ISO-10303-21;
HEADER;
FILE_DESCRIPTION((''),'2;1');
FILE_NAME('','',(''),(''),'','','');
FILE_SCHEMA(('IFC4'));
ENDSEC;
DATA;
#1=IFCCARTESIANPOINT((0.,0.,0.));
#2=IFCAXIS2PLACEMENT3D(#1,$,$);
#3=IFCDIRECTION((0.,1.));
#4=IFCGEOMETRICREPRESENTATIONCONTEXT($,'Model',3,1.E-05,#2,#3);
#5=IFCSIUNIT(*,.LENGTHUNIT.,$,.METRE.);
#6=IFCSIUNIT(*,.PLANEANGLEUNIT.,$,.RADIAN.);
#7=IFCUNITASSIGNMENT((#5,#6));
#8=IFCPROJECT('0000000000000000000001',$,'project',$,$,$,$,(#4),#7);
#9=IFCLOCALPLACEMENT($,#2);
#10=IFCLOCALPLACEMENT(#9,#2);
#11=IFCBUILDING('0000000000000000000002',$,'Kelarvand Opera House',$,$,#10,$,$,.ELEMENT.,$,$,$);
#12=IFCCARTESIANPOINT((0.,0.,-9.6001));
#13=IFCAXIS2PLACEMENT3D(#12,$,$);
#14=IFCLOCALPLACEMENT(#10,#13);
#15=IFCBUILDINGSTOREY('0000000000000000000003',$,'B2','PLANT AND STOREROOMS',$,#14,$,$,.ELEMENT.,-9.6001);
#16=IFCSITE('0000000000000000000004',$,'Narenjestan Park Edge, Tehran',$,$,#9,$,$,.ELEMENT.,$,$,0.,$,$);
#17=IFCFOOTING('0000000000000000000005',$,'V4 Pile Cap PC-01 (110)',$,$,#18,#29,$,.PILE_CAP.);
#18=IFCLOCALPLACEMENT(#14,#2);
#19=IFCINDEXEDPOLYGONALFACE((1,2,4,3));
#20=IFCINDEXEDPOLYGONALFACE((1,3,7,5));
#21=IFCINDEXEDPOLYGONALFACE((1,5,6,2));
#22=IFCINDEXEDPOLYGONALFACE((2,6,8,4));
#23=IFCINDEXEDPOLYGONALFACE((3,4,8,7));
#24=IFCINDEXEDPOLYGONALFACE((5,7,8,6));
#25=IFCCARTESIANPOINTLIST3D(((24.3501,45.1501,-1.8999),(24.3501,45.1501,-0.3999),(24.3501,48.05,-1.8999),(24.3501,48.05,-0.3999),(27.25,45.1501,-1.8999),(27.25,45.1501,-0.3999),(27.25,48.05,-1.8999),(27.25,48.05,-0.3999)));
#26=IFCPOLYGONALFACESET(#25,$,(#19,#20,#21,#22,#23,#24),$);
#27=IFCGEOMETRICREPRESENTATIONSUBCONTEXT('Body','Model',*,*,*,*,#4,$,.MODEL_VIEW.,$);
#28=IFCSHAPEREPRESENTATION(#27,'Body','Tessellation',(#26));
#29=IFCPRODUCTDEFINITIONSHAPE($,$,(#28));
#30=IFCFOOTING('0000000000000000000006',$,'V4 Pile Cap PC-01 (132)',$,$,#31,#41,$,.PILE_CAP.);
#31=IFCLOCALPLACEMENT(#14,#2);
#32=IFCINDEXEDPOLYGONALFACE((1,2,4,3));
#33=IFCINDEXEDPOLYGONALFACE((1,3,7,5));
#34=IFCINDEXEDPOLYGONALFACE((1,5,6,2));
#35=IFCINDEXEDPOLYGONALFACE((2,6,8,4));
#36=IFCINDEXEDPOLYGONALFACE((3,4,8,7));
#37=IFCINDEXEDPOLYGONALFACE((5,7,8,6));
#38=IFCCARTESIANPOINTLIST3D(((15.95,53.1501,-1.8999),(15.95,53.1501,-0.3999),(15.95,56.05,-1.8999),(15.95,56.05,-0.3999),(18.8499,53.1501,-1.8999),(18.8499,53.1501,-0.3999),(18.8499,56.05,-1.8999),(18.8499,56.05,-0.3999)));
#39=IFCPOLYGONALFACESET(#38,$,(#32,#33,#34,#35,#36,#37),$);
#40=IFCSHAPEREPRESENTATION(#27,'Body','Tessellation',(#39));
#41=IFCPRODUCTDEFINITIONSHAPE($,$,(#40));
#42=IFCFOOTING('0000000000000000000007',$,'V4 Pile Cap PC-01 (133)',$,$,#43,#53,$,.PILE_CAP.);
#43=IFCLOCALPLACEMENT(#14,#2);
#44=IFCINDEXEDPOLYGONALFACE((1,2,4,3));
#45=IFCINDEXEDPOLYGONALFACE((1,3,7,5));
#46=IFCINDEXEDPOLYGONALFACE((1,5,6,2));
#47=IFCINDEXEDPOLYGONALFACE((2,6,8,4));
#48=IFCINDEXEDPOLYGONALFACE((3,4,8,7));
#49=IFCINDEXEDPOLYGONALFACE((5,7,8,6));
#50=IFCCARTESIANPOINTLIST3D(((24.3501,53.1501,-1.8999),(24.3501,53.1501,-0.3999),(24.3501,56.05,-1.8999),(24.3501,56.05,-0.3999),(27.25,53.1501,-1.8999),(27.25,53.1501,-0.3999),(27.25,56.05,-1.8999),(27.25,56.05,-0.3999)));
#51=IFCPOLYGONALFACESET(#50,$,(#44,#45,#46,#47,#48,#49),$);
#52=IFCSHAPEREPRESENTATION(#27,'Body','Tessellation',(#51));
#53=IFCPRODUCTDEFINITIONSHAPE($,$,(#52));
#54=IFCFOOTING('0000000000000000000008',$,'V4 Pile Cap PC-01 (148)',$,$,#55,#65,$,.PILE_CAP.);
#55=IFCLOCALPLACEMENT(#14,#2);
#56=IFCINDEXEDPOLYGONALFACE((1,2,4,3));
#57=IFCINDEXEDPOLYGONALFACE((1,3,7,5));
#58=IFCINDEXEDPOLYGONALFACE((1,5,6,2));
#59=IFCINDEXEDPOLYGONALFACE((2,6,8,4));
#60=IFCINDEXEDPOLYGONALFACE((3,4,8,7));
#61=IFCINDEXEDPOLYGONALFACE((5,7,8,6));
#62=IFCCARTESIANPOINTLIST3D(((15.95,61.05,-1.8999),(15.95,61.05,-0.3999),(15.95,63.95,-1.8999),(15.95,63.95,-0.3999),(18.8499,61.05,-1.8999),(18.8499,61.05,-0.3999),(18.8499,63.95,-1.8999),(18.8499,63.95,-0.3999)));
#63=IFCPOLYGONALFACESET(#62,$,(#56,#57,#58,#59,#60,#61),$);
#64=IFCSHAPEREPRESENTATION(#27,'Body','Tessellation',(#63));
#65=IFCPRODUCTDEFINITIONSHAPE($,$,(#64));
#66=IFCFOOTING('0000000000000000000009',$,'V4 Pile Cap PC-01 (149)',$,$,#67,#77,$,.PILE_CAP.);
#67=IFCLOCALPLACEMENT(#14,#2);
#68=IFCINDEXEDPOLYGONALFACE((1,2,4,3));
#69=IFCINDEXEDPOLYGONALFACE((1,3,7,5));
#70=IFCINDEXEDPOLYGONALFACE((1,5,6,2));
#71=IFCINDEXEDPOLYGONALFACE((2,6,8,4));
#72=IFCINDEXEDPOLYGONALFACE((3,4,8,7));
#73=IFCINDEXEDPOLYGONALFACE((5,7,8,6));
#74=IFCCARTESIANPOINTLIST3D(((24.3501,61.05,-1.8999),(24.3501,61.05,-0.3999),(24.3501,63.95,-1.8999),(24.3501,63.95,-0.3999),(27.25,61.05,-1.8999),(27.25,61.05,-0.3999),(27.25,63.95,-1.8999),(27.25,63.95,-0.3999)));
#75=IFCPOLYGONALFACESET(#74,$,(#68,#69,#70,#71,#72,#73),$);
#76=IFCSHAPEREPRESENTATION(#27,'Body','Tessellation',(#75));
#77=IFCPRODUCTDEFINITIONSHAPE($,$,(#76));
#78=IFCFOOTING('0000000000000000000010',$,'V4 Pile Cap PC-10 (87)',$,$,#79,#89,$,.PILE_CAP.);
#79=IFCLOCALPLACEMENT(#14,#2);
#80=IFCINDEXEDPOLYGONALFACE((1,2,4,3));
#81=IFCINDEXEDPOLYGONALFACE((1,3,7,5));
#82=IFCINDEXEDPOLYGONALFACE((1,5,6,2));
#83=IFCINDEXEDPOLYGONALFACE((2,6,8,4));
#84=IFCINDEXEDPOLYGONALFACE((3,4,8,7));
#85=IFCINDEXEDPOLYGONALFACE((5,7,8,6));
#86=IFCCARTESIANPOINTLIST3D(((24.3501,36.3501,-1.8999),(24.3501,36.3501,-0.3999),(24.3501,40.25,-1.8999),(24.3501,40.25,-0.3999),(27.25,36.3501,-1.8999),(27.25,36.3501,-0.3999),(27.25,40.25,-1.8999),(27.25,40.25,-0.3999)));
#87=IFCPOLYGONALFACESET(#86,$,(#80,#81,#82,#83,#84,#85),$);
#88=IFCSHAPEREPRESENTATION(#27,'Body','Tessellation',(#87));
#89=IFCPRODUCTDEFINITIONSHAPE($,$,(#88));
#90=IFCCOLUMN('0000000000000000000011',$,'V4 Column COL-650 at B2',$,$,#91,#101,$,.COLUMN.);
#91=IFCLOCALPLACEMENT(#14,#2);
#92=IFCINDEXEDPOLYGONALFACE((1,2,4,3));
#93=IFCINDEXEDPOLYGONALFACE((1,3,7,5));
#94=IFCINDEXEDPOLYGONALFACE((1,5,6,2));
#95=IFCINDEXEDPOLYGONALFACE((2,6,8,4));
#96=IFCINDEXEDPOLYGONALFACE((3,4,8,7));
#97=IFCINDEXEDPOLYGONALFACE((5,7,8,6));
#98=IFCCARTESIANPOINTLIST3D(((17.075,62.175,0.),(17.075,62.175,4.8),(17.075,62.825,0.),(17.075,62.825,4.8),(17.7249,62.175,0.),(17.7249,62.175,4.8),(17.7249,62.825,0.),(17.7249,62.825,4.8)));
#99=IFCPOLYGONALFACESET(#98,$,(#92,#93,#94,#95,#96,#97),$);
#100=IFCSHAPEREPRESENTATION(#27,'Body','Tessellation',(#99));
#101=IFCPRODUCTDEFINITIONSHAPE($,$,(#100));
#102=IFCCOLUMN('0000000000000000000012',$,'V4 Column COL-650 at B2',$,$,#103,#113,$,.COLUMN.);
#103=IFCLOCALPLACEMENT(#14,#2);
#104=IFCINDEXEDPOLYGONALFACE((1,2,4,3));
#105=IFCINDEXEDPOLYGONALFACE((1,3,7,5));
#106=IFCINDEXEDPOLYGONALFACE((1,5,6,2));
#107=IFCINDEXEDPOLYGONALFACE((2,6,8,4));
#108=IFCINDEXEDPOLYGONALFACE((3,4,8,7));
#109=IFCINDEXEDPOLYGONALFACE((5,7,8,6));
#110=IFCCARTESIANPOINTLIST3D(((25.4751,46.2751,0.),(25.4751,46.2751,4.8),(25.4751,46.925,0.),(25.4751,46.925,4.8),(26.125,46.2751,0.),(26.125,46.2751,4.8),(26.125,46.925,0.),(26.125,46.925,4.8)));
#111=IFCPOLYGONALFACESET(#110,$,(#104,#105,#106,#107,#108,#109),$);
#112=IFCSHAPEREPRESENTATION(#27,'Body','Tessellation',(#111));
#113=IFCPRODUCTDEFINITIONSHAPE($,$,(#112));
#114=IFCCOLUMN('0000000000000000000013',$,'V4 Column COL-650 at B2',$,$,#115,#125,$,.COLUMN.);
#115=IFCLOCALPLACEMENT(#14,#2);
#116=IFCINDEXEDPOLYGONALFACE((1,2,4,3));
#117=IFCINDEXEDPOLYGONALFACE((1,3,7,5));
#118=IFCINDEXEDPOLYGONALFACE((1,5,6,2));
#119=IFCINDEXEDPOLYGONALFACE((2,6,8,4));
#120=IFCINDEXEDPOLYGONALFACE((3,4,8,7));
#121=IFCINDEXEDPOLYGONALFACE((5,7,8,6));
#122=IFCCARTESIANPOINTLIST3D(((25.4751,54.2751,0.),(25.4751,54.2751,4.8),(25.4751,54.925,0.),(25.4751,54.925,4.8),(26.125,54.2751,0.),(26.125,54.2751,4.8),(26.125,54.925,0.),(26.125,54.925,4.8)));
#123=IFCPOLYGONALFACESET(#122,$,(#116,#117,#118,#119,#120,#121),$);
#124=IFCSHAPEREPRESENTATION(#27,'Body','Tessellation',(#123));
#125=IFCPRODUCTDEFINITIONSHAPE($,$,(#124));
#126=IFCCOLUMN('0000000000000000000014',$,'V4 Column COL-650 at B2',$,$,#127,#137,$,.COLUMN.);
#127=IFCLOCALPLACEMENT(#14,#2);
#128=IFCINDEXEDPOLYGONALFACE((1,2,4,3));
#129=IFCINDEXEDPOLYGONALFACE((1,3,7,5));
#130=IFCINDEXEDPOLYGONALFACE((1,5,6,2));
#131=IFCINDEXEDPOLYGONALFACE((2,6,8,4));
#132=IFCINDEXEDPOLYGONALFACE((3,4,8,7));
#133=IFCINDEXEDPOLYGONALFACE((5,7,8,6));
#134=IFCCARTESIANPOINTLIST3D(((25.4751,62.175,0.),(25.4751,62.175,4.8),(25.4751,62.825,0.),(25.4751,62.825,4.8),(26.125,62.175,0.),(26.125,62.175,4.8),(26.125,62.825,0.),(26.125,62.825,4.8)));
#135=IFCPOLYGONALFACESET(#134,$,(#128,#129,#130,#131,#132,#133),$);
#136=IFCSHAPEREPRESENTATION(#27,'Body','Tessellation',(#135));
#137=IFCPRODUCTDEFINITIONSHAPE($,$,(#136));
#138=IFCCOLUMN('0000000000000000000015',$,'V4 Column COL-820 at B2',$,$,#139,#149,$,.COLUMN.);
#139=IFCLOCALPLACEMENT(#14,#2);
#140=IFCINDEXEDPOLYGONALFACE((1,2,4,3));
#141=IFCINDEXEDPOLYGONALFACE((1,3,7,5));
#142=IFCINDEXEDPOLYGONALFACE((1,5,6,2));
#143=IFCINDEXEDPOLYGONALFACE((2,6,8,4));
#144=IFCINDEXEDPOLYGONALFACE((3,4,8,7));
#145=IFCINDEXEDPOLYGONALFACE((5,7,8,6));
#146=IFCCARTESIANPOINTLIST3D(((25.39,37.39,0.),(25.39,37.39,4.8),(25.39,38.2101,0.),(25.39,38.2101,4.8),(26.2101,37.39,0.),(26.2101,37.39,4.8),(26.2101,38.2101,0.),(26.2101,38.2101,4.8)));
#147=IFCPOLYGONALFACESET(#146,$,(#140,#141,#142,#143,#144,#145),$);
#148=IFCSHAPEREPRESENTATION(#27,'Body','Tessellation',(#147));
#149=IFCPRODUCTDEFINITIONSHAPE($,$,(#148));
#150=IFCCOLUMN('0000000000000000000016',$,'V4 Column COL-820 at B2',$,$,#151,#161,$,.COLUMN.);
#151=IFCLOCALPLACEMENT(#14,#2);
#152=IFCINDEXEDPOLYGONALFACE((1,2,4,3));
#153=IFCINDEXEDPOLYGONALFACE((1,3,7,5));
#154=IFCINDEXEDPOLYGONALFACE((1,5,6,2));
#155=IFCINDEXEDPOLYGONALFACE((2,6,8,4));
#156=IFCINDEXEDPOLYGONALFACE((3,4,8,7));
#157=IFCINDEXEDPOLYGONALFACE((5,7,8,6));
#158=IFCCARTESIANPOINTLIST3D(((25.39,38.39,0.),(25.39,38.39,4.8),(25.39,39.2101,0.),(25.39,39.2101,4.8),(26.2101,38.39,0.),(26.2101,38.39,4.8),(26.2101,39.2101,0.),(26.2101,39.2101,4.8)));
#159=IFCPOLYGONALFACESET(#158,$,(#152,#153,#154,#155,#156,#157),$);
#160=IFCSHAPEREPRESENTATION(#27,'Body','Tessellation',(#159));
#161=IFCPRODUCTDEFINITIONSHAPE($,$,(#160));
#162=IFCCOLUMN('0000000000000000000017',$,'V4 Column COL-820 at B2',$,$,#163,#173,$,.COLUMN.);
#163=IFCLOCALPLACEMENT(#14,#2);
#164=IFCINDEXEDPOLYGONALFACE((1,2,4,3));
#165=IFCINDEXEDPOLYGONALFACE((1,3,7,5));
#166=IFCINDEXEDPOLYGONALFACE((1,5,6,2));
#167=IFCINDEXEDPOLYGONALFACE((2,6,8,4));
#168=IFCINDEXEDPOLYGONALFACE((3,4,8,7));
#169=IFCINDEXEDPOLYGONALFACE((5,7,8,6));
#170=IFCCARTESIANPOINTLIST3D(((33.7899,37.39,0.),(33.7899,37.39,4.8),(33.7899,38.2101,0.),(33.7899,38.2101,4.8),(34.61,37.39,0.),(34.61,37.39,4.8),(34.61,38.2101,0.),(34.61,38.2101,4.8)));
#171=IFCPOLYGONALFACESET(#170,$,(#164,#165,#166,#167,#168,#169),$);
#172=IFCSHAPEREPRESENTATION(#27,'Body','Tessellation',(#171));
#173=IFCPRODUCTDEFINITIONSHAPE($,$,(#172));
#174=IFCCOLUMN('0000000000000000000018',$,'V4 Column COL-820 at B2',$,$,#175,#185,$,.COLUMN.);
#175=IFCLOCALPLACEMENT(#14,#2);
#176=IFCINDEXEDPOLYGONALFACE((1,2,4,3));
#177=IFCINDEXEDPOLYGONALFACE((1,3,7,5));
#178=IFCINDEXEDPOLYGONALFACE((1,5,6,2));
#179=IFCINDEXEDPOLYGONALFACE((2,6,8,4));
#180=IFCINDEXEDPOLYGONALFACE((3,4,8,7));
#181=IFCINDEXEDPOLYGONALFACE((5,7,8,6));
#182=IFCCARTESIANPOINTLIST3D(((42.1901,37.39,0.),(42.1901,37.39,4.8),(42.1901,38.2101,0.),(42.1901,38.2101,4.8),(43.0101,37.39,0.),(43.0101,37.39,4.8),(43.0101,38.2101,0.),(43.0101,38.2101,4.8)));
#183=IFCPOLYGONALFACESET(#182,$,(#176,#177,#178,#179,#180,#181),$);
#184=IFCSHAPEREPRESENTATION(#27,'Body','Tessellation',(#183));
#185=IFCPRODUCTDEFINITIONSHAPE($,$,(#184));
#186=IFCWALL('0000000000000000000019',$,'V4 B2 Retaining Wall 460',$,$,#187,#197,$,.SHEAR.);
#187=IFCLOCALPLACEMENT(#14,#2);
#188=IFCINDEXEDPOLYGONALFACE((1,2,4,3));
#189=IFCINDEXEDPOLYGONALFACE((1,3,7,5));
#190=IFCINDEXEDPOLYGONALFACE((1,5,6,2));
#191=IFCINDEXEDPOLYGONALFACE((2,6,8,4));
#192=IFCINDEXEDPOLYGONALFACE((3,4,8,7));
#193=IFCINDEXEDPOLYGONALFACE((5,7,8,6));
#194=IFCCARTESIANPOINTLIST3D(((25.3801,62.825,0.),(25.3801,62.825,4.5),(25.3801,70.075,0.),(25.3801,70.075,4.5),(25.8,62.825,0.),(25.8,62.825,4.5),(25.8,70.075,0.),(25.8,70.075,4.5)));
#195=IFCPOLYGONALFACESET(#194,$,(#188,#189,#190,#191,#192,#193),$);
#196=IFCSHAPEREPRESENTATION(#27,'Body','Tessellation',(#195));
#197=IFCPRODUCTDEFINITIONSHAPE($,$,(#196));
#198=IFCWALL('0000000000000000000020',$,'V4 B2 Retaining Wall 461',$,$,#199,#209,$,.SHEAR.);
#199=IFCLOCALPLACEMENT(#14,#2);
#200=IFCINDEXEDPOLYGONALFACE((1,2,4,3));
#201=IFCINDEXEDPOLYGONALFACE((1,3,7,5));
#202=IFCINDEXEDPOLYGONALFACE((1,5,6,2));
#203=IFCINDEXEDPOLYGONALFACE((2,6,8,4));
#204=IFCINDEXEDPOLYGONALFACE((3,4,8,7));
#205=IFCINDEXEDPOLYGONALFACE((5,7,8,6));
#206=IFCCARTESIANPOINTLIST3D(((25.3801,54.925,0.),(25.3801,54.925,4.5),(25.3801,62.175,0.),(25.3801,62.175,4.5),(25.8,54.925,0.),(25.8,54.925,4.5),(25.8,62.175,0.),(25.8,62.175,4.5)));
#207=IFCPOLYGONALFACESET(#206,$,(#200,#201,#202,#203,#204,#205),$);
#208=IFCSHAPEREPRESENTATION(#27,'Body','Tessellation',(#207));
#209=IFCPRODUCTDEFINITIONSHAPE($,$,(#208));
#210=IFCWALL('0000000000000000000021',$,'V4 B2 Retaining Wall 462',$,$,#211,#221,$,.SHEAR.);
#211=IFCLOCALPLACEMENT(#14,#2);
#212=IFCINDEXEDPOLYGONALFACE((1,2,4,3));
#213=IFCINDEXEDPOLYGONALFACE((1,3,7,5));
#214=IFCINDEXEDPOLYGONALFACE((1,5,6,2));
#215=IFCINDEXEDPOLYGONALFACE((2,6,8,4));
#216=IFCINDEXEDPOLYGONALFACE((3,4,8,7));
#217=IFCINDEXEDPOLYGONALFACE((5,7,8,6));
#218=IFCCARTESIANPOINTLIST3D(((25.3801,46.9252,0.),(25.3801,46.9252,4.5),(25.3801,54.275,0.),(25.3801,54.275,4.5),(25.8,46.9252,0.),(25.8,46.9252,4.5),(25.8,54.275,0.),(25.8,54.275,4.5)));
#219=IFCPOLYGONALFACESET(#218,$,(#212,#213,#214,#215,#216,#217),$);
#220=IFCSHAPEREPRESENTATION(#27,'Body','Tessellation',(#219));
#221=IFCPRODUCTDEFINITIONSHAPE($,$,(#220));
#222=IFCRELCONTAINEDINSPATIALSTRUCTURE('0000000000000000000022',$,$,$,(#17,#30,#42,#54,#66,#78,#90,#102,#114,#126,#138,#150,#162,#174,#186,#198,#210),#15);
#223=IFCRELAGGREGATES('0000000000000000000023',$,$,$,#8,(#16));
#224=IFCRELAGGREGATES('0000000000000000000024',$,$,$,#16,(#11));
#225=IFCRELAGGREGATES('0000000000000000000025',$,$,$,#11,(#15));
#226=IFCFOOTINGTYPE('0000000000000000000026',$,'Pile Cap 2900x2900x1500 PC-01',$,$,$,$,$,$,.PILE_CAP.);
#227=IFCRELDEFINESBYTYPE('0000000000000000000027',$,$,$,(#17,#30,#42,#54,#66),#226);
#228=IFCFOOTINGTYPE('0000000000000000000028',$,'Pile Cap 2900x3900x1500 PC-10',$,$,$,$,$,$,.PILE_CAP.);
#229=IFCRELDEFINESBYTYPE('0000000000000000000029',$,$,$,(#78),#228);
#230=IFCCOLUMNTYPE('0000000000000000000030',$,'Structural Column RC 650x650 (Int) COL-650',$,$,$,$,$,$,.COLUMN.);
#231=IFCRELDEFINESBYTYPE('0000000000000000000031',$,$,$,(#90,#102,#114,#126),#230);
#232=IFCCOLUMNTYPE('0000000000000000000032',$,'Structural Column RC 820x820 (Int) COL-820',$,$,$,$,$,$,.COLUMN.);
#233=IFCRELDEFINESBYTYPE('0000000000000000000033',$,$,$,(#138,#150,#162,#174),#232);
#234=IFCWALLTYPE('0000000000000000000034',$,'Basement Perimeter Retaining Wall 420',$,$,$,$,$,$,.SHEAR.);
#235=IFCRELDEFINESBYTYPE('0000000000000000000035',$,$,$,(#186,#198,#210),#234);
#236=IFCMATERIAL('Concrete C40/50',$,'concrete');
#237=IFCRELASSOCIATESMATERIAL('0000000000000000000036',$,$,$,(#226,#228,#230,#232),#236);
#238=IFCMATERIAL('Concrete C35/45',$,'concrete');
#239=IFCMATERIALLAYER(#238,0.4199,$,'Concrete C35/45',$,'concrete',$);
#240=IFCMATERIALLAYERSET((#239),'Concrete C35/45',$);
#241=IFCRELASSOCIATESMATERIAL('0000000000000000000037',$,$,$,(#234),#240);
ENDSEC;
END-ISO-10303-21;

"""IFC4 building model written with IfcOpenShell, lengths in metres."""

from ifc_helpers import new_model, si_unit, direction, frame, frame_2d, origin, origin_2d, place, context, subcontext, project, spatial, rectangle, extrude, material, layer, layer_set, material_profile, profile_set, type_object, element, save


model = new_model("IFC4")

# Units and contexts
model_context = context("Model", 3, precision=1e-05, world=origin(), true_north=direction((0.0, 1.0)))
body_context = subcontext(model_context, "Body", "Model", "MODEL_VIEW")
ifc_project = project(units=[si_unit("LENGTHUNIT", "METRE"), si_unit("PLANEANGLEUNIT", "RADIAN")], contexts=[model_context])

# Site, building, storey
site_placement = place(None, origin())
site = spatial("IfcSite", under=ifc_project, at=site_placement, Name="Narenjestan Park Edge, Tehran", CompositionType="ELEMENT", RefElevation=0.0)
building_placement = place(site_placement, origin())
building = spatial("IfcBuilding", under=site, at=building_placement, Name="Kelarvand Opera House", CompositionType="ELEMENT")
storey_placement = place(building_placement, frame((0.0, 0.0, -9.6001)))
storey = spatial("IfcBuildingStorey", under=building, at=storey_placement, Name="B2", Description="PLANT AND STOREROOMS", CompositionType="ELEMENT", Elevation=-9.6001)

# Shared definitions
ifc_material_1 = material(Name="Concrete C40/50", Category="concrete")

# Footings
footing_type_1 = type_object("IfcFootingType", Name="Pile Cap 2900x2900x1500 PC-01", PredefinedType="PILE_CAP", material=ifc_material_1)
for number, where, z_axis, x_axis, name in (
    (1, (25.8, 46.6001, -1.8999), (0.0, 0.0, 1.0), (1.0, 0.0, 0.0), "V4 Pile Cap PC-01 (110)"),
    (2, (17.3999, 54.6001, -1.8999), (0.0, 0.0, 1.0), (1.0, 0.0, 0.0), "V4 Pile Cap PC-01 (132)"),
    (3, (25.8, 54.6001, -1.8999), (0.0, 0.0, 1.0), (1.0, 0.0, 0.0), "V4 Pile Cap PC-01 (133)"),
    (4, (17.3999, 62.5, -1.8999), (0.0, 0.0, 1.0), (1.0, 0.0, 0.0), "V4 Pile Cap PC-01 (148)"),
    (5, (25.8, 62.5, -1.8999), (0.0, 0.0, 1.0), (1.0, 0.0, 0.0), "V4 Pile Cap PC-01 (149)"),
):
    element("IfcFooting", number, at=place(storey_placement, frame(where, z_axis=z_axis, x_axis=x_axis)), inside=storey, type_object=footing_type_1, Name=name, PredefinedType="PILE_CAP", context=body_context, shape_type="SweptSolid", body=[
        extrude(rectangle(XDim=2.8999, YDim=2.8999, at=origin_2d()), origin(), (0.0, 0.0, 1.0), 1.5),
    ])
footing_type_2 = type_object("IfcFootingType", Name="Pile Cap 2900x3900x1500 PC-10", PredefinedType="PILE_CAP", material=ifc_material_1)
footing_placement = place(storey_placement, frame((25.8, 38.3, -1.8999), z_axis=(0.0, 0.0, 1.0), x_axis=(1.0, 0.0, 0.0)))
element("IfcFooting", 6, at=footing_placement, inside=storey, type_object=footing_type_2, Name="V4 Pile Cap PC-10 (87)", PredefinedType="PILE_CAP", context=body_context, shape_type="SweptSolid", body=[
    extrude(rectangle(XDim=2.8999, YDim=3.8999, at=origin_2d()), origin(), (0.0, 0.0, 1.0), 1.5),
])

# Columns
ifc_material_profile_1 = material_profile(ifc_material_1, rectangle(XDim=0.6499, YDim=0.6499, at=origin_2d()), Name="RC 650x650", Category="concrete")
ifc_profile_set_1 = profile_set([ifc_material_profile_1], Name="Concrete C40/50")
column_type_1 = type_object("IfcColumnType", Name="Structural Column RC 650x650 (Int) COL-650", PredefinedType="COLUMN", material=ifc_profile_set_1)
for number, where, z_axis, x_axis, name in (
    (7, (17.3999, 62.5, 0.0), (0.0, 0.0, 1.0), (1.0, 0.0, 0.0), "V4 Column COL-650 at B2"),
    (8, (25.8, 46.6001, 0.0), (0.0, 0.0, 1.0), (1.0, 0.0, 0.0), "V4 Column COL-650 at B2"),
    (9, (25.8, 54.6001, 0.0), (0.0, 0.0, 1.0), (1.0, 0.0, 0.0), "V4 Column COL-650 at B2"),
    (10, (25.8, 62.5, 0.0), (0.0, 0.0, 1.0), (1.0, 0.0, 0.0), "V4 Column COL-650 at B2"),
):
    element("IfcColumn", number, at=place(storey_placement, frame(where, z_axis=z_axis, x_axis=x_axis)), inside=storey, type_object=column_type_1, Name=name, PredefinedType="COLUMN", context=body_context, shape_type="SweptSolid", body=[
        extrude(rectangle(XDim=0.6499, YDim=0.6499, at=origin_2d()), origin(), (0.0, 0.0, 1.0), 4.8),
    ])
ifc_material_profile_2 = material_profile(ifc_material_1, rectangle(XDim=0.8201, YDim=0.8201, at=origin_2d()), Name="RC 820x820", Category="concrete")
ifc_profile_set_2 = profile_set([ifc_material_profile_2], Name="Concrete C40/50")
column_type_2 = type_object("IfcColumnType", Name="Structural Column RC 820x820 (Int) COL-820", PredefinedType="COLUMN", material=ifc_profile_set_2)
for number, where, z_axis, x_axis, name in (
    (11, (25.8, 37.8, 0.0), (0.0, 0.0, 1.0), (1.0, 0.0, 0.0), "V4 Column COL-820 at B2"),
    (12, (25.8, 38.8, 0.0), (0.0, 0.0, 1.0), (1.0, 0.0, 0.0), "V4 Column COL-820 at B2"),
    (13, (34.2, 37.8, 0.0), (0.0, 0.0, 1.0), (1.0, 0.0, 0.0), "V4 Column COL-820 at B2"),
    (14, (42.6001, 37.8, 0.0), (0.0, 0.0, 1.0), (1.0, 0.0, 0.0), "V4 Column COL-820 at B2"),
):
    element("IfcColumn", number, at=place(storey_placement, frame(where, z_axis=z_axis, x_axis=x_axis)), inside=storey, type_object=column_type_2, Name=name, PredefinedType="COLUMN", context=body_context, shape_type="SweptSolid", body=[
        extrude(rectangle(XDim=0.8201, YDim=0.8201, at=origin_2d()), origin(), (0.0, 0.0, 1.0), 4.8),
    ])

# Walls
ifc_material_2 = material(Name="Concrete C35/45", Category="concrete")
ifc_layer = layer(ifc_material_2, 0.4199, Name="Concrete C35/45", Category="concrete")
ifc_layer_set = layer_set([ifc_layer], Name="Concrete C35/45")
wall_type = type_object("IfcWallType", Name="Basement Perimeter Retaining Wall 420", PredefinedType="SHEAR", material=ifc_layer_set)
for number, where, z_axis, x_axis, name in (
    (15, (25.5901, 70.075, 0.0), (0.0, 0.0, 1.0), (0.0, -1.0, 0.0), "V4 B2 Retaining Wall 460"),
    (16, (25.5901, 62.175, 0.0), (0.0, 0.0, 1.0), (0.0, -1.0, 0.0), "V4 B2 Retaining Wall 461"),
):
    element("IfcWall", number, at=place(storey_placement, frame(where, z_axis=z_axis, x_axis=x_axis)), inside=storey, type_object=wall_type, Name=name, PredefinedType="SHEAR", context=body_context, shape_type="SweptSolid", body=[
        extrude(rectangle(XDim=7.25, YDim=0.4199, at=frame_2d((3.625, 0.0))), origin(), (0.0, 0.0, 1.0), 4.5),
    ])
wall_1_placement = place(storey_placement, frame((25.5901, 54.2749, 0.0), z_axis=(0.0, 0.0, 1.0), x_axis=(0.0, -1.0, 0.0)))
element("IfcWall", 17, at=wall_1_placement, inside=storey, type_object=wall_type, Name="V4 B2 Retaining Wall 462", PredefinedType="SHEAR", context=body_context, shape_type="SweptSolid", body=[
    extrude(rectangle(XDim=7.3499, YDim=0.4199, at=frame_2d((3.6748, 0.0))), origin(), (0.0, 0.0, 1.0), 4.5),
])

save(model, "model.ifc")
